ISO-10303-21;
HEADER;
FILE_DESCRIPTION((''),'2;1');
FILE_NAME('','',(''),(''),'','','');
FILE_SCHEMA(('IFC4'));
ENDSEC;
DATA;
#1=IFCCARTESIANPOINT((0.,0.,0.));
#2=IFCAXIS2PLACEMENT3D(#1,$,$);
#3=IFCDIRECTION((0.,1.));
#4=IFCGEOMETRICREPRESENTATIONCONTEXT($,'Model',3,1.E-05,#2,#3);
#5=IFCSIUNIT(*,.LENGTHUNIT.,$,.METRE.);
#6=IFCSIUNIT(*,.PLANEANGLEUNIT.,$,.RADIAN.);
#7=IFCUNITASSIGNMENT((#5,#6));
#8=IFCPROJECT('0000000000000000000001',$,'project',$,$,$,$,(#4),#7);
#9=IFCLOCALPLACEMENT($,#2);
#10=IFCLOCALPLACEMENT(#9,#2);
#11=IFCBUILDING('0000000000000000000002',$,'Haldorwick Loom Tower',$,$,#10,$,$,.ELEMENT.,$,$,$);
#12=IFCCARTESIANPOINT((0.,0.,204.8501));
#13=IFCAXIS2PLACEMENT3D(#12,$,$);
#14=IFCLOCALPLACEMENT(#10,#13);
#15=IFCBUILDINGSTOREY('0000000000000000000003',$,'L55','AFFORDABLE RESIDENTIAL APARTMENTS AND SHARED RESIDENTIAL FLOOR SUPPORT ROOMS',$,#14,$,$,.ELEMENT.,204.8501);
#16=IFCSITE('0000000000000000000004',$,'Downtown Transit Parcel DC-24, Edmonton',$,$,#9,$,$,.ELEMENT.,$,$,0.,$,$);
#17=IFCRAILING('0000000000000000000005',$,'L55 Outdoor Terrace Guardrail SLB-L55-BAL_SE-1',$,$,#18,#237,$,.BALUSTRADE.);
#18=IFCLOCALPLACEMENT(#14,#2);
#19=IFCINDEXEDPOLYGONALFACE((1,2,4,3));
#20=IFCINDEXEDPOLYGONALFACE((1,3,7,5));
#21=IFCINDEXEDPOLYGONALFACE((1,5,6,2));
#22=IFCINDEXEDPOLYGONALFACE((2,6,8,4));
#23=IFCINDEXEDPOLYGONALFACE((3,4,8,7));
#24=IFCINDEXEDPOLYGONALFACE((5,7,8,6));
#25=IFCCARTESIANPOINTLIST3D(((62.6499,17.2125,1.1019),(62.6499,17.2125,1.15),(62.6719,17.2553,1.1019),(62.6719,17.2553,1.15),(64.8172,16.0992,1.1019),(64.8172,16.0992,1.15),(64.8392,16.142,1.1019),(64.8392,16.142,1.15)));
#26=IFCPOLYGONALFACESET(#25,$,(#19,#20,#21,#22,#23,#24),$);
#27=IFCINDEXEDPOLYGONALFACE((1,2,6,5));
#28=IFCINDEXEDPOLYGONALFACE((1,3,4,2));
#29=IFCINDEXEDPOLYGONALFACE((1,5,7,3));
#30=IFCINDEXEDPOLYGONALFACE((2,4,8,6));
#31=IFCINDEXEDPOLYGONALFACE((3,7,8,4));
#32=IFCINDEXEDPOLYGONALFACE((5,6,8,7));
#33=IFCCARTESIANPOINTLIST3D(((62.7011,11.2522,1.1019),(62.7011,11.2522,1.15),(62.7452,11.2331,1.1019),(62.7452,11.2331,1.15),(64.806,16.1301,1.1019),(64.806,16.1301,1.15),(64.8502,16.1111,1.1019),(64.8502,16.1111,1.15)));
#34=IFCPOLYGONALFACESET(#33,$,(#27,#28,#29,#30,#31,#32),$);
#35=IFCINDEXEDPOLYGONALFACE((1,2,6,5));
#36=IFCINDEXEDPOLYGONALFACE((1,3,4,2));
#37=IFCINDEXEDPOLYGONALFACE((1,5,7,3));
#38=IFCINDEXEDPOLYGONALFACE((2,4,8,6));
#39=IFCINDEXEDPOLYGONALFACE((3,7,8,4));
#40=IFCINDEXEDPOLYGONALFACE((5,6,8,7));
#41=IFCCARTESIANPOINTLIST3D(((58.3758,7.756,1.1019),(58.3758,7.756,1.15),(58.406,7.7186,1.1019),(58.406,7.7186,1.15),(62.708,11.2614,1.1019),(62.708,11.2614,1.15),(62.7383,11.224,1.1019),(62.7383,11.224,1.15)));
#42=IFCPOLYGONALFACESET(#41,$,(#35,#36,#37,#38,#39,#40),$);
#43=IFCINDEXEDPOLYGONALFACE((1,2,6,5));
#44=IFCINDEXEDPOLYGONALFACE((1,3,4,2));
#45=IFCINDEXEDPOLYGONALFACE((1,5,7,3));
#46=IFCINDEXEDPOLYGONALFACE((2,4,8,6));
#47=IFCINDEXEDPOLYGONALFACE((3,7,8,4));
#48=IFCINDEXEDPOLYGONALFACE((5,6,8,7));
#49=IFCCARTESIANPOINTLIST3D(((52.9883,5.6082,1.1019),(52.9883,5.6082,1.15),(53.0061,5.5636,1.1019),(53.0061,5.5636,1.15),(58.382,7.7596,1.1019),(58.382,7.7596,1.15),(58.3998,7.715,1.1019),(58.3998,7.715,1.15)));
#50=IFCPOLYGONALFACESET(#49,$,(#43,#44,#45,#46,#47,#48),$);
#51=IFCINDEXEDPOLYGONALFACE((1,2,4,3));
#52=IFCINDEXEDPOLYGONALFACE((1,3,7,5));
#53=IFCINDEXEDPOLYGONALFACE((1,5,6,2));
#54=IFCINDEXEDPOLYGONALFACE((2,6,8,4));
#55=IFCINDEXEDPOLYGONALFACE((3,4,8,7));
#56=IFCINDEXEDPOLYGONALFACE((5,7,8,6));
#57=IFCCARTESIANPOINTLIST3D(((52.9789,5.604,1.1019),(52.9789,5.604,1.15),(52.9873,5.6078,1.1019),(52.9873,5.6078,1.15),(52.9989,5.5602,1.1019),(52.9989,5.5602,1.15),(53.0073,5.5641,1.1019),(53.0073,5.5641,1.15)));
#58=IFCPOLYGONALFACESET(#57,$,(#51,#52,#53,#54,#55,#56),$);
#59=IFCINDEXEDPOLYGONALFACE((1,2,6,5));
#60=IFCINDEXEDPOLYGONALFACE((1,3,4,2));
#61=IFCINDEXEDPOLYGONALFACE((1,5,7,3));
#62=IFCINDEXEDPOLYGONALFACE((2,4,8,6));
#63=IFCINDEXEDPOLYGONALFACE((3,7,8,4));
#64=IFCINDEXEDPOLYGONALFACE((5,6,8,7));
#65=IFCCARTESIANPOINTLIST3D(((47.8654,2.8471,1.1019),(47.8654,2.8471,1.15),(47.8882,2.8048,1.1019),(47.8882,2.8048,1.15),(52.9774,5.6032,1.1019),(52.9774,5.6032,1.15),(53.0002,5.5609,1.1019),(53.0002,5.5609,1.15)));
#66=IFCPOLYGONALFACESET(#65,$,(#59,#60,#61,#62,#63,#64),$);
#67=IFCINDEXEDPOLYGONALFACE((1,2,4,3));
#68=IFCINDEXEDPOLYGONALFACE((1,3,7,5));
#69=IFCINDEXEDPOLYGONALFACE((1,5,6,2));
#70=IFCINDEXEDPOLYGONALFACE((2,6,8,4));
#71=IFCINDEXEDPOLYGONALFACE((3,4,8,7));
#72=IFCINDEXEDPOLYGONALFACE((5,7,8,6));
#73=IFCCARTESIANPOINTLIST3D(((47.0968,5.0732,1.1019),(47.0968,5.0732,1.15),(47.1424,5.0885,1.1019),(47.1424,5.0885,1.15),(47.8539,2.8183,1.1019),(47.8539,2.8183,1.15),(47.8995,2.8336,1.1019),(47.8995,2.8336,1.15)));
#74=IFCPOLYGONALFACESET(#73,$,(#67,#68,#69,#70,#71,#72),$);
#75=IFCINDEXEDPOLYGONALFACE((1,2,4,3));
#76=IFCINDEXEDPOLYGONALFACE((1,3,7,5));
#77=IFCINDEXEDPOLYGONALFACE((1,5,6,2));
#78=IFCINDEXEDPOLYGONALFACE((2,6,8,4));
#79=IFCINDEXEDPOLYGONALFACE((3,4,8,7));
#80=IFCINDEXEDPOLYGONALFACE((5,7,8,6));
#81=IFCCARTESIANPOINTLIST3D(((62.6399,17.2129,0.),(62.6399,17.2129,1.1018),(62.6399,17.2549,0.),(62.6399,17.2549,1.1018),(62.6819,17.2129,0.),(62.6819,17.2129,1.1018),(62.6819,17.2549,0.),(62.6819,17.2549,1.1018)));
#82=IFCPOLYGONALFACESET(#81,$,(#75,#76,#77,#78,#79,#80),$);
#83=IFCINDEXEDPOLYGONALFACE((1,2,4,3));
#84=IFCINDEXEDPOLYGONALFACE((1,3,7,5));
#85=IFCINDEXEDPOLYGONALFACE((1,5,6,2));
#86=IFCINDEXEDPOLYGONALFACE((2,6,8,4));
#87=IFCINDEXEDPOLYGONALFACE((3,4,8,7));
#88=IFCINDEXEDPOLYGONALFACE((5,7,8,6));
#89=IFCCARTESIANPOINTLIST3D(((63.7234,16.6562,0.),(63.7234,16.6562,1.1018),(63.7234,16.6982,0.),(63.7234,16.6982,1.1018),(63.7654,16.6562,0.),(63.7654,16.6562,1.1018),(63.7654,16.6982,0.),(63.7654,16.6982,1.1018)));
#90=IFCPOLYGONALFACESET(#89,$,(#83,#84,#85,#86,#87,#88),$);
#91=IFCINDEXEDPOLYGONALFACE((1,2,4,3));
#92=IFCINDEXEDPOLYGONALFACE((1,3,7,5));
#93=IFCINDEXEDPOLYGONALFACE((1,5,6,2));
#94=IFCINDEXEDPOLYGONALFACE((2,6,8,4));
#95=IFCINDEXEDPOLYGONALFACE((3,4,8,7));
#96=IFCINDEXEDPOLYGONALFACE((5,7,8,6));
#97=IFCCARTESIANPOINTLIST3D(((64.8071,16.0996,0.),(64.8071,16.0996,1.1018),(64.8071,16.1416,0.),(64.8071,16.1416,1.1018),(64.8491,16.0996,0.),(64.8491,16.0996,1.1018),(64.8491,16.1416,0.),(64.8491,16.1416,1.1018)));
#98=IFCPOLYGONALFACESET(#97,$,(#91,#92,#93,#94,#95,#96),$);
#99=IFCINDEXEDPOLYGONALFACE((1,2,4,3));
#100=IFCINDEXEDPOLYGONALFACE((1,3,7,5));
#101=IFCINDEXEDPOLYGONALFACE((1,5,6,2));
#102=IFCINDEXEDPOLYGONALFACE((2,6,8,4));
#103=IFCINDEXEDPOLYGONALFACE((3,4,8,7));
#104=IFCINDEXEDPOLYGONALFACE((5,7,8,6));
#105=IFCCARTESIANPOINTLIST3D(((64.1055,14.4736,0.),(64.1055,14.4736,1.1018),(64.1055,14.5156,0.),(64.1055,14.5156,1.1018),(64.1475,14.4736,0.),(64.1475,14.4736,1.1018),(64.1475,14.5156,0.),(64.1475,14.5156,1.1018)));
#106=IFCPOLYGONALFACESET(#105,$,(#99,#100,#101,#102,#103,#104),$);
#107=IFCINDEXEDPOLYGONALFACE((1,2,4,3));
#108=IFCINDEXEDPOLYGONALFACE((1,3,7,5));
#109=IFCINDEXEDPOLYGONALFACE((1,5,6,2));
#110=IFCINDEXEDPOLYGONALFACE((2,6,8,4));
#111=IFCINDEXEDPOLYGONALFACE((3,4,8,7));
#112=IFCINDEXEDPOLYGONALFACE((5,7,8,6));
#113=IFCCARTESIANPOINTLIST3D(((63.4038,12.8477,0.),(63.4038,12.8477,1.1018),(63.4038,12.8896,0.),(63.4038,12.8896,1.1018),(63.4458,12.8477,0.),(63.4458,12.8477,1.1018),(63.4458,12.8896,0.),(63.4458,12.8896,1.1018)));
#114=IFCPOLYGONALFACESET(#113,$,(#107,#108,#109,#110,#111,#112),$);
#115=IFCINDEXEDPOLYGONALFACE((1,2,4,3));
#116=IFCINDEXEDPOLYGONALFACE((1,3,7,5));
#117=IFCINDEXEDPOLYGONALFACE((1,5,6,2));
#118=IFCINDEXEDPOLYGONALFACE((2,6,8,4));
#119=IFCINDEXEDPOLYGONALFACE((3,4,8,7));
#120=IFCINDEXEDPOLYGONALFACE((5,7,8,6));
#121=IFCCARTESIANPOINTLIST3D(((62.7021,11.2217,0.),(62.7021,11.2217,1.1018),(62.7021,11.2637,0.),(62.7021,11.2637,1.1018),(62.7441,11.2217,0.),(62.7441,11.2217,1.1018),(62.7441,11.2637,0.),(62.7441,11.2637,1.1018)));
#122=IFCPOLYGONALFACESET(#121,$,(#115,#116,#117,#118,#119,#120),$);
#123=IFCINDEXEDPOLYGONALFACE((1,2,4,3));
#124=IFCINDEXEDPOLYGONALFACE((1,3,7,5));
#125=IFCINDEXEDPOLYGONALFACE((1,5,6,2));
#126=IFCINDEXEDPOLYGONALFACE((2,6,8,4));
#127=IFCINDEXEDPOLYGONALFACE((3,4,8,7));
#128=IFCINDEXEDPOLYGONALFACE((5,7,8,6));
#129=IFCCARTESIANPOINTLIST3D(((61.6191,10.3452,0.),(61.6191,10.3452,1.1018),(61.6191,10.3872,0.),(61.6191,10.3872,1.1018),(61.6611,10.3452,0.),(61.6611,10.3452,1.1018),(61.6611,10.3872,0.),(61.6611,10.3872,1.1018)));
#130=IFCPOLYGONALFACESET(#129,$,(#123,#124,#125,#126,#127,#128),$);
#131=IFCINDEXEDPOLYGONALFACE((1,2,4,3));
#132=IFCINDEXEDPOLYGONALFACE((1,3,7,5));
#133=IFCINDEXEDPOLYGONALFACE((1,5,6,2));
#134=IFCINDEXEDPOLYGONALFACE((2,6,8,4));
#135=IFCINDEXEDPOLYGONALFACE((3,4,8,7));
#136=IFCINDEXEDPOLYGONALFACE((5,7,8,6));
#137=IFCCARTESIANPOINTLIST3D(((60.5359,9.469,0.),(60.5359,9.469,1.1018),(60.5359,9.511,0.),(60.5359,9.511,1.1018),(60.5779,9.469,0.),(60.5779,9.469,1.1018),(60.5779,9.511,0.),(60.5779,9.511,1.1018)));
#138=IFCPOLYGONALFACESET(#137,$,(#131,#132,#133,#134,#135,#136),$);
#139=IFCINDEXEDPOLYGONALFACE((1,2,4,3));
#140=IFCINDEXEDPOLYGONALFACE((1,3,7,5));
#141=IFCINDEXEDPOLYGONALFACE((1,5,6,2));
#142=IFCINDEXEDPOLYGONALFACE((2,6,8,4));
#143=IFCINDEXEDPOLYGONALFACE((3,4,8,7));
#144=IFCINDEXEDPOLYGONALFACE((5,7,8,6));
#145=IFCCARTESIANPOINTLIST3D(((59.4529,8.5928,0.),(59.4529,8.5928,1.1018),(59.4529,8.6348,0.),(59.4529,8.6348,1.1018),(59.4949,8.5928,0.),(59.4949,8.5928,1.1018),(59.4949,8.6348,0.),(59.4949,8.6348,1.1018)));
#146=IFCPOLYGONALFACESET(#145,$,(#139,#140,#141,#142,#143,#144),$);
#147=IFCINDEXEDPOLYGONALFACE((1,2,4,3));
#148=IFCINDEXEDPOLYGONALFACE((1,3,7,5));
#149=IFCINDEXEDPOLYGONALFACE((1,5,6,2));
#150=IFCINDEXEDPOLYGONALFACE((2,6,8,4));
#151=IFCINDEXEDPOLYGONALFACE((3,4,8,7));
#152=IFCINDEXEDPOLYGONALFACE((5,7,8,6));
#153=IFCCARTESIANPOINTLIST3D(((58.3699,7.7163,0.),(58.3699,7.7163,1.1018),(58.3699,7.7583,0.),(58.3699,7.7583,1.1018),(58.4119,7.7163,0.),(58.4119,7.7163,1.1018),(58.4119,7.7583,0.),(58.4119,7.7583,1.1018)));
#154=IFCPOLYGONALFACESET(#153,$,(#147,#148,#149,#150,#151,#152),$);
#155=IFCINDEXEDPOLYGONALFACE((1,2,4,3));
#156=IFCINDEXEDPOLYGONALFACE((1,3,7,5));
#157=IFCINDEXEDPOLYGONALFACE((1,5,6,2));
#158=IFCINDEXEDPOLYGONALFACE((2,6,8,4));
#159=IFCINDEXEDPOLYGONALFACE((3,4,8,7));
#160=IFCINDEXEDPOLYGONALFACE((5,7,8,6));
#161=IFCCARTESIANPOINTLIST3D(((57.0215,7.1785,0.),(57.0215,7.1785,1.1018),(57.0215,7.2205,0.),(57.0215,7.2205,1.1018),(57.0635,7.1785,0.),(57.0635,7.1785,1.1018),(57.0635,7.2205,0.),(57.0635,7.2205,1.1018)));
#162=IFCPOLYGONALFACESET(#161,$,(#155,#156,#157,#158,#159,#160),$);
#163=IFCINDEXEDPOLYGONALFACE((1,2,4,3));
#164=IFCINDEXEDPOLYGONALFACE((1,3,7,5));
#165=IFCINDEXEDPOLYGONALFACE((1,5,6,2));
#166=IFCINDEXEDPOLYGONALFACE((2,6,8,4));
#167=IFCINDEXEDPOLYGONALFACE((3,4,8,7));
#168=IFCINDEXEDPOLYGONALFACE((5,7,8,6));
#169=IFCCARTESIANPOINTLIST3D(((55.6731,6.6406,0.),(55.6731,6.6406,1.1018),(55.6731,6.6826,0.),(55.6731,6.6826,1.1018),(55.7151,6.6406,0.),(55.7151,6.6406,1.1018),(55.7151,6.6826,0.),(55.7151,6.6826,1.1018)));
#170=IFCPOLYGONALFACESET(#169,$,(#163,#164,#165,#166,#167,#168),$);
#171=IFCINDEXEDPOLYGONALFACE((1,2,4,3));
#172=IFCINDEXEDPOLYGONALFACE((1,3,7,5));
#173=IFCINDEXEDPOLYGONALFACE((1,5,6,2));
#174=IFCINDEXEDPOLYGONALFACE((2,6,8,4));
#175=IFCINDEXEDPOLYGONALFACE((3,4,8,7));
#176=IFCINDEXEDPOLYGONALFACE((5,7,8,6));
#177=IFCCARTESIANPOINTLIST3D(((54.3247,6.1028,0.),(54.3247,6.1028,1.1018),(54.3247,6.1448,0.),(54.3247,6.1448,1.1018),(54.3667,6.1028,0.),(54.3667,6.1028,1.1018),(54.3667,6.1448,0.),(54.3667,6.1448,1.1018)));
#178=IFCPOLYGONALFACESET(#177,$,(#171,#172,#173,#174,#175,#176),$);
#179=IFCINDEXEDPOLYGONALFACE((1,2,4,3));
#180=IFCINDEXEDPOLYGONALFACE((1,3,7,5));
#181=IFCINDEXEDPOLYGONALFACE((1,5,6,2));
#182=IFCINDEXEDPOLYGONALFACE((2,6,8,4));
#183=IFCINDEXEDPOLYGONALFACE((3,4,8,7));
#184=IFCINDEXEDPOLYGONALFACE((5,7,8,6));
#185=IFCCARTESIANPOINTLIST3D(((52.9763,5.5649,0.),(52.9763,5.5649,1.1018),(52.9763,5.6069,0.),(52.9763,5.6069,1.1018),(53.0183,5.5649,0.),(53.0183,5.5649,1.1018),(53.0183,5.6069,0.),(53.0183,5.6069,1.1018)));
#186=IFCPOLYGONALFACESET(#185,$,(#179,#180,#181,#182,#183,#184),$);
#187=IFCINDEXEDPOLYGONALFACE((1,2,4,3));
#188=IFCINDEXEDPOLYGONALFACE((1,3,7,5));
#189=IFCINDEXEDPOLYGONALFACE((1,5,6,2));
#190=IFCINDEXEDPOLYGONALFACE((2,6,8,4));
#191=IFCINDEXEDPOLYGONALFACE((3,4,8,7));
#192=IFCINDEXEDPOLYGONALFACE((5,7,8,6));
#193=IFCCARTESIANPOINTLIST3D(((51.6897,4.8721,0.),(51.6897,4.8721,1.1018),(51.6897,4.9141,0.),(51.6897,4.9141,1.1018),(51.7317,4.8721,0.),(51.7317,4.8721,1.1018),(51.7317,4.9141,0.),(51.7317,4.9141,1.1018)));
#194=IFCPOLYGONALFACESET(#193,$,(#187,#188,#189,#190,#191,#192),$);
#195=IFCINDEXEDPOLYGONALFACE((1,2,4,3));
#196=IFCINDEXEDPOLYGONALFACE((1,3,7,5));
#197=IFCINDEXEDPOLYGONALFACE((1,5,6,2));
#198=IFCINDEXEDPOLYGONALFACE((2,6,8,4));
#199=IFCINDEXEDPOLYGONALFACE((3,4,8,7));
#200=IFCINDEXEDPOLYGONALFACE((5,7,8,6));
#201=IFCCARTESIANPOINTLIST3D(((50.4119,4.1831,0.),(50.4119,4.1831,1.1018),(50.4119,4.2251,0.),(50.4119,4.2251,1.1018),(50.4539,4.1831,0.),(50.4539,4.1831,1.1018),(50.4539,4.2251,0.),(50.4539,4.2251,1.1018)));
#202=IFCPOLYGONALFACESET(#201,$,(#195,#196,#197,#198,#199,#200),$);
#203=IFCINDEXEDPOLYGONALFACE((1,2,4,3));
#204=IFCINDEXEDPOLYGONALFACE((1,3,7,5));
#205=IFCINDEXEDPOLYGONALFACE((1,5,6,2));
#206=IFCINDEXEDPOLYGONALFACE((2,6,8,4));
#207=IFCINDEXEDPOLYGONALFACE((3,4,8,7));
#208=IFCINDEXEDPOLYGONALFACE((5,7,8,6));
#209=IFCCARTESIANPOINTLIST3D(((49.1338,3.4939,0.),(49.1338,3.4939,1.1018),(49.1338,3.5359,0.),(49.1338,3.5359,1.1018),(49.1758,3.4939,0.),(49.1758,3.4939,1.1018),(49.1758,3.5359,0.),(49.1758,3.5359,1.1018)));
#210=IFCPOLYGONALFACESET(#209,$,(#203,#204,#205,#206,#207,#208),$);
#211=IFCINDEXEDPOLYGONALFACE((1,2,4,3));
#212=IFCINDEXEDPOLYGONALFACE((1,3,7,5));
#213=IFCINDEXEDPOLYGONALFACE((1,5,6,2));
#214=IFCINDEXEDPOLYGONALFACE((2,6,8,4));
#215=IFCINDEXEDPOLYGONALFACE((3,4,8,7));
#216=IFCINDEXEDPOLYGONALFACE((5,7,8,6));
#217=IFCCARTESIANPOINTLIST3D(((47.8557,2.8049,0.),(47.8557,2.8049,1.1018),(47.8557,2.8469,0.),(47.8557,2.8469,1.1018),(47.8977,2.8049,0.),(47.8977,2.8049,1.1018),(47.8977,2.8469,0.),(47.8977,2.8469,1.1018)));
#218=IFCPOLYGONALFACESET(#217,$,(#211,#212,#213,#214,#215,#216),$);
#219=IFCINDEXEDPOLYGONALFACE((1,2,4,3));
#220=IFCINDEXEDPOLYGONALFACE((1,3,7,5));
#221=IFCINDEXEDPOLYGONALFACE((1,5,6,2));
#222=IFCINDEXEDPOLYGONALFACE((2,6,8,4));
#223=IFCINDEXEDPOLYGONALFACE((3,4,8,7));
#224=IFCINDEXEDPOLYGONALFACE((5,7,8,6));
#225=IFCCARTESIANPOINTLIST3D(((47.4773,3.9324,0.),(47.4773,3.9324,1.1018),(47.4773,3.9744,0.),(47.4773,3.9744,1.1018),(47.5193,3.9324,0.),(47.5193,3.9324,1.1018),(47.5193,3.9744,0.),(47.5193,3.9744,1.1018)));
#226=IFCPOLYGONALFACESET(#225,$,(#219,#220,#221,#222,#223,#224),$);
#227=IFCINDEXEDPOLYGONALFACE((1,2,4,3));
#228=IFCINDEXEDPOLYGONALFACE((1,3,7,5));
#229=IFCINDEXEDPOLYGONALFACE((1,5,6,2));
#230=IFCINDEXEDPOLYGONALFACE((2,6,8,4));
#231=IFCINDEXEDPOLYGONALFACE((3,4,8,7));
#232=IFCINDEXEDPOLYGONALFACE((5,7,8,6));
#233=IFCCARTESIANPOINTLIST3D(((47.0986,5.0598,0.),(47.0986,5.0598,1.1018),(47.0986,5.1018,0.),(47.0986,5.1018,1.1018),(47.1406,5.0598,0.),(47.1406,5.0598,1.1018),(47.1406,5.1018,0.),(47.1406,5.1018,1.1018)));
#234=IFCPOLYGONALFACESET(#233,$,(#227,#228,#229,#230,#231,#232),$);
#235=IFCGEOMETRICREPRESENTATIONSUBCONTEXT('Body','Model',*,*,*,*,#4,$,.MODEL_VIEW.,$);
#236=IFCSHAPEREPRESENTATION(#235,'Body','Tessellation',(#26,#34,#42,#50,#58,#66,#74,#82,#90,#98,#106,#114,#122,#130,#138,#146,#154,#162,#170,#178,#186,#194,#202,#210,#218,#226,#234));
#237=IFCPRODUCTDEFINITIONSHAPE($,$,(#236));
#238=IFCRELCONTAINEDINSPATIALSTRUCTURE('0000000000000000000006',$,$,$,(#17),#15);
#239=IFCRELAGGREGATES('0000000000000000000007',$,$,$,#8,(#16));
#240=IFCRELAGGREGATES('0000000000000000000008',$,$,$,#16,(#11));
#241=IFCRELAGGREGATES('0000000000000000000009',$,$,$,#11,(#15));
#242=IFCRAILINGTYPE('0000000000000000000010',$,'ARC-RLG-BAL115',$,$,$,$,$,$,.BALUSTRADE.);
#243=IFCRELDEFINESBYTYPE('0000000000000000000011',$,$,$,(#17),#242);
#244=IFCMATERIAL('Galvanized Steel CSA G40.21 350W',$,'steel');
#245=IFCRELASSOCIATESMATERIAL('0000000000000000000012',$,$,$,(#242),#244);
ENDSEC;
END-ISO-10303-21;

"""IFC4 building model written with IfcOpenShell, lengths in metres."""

from ifc_helpers import new_model, si_unit, direction, frame, origin, origin_2d, place, context, subcontext, project, spatial, rectangle, extrude, material, type_object, element, save


model = new_model("IFC4")

# Units and contexts
model_context = context("Model", 3, precision=1e-05, world=origin(), true_north=direction((0.0, 1.0)))
body_context = subcontext(model_context, "Body", "Model", "MODEL_VIEW")
ifc_project = project(units=[si_unit("LENGTHUNIT", "METRE"), si_unit("PLANEANGLEUNIT", "RADIAN")], contexts=[model_context])

# Site, building, storey
site_placement = place(None, origin())
site = spatial("IfcSite", under=ifc_project, at=site_placement, Name="Downtown Transit Parcel DC-24, Edmonton", CompositionType="ELEMENT", RefElevation=0.0)
building_placement = place(site_placement, origin())
building = spatial("IfcBuilding", under=site, at=building_placement, Name="Haldorwick Loom Tower", CompositionType="ELEMENT")
storey_placement = place(building_placement, frame((0.0, 0.0, 204.8501)))
storey = spatial("IfcBuildingStorey", under=building, at=storey_placement, Name="L55", Description="AFFORDABLE RESIDENTIAL APARTMENTS AND SHARED RESIDENTIAL FLOOR SUPPORT ROOMS", CompositionType="ELEMENT", Elevation=204.8501)

# Railing
ifc_material_1 = material(Name="Galvanized Steel CSA G40.21 350W", Category="steel")
railing_type = type_object("IfcRailingType", Name="ARC-RLG-BAL115", PredefinedType="BALUSTRADE", material=ifc_material_1)
railing_placement = place(storey_placement, frame((62.6609, 17.2339, 0.0)))
element("IfcRailing", 1, at=railing_placement, inside=storey, type_object=railing_type, Name="L55 Outdoor Terrace Guardrail SLB-L55-BAL_SE-1", PredefinedType="BALUSTRADE", context=body_context, shape_type="SweptSolid", body=[
    extrude(rectangle(XDim=0.0481, YDim=0.0481, at=origin_2d()), frame((0.0, 0.0, 1.126), z_axis=(0.889504, -0.456927, 0.0), x_axis=(0.456927, 0.889504, 0.0)), (0.0, 0.0, 1.0), 2.4365),
    extrude(rectangle(XDim=0.0481, YDim=0.0481, at=origin_2d()), frame((2.1672, -1.1133, 1.126), z_axis=(-0.396214, -0.918158, 0.0), x_axis=(0.918158, -0.396214, 0.0)), (0.0, 0.0, 1.0), 5.3127),
    extrude(rectangle(XDim=0.0481, YDim=0.0481, at=origin_2d()), frame((0.0623, -5.9912, 1.126), z_axis=(-0.777395, -0.629013, 0.0), x_axis=(0.629013, -0.777395, 0.0)), (0.0, 0.0, 1.0), 5.5728),
    extrude(rectangle(XDim=0.0481, YDim=0.0481, at=origin_2d()), frame((-4.27, -9.4966, 1.126), z_axis=(-0.928836, -0.370492, 0.0), x_axis=(0.370492, -0.928836, 0.0)), (0.0, 0.0, 1.0), 5.8069),
    extrude(rectangle(XDim=0.0481, YDim=0.0481, at=origin_2d()), frame((-9.6636, -11.6479, 1.126), z_axis=(-0.909474, -0.41576, 0.0), x_axis=(0.41576, -0.909474, 0.0)), (0.0, 0.0, 1.0), 0.0093),
    extrude(rectangle(XDim=0.0481, YDim=0.0481, at=origin_2d()), frame((-9.6721, -11.6519, 1.126), z_axis=(-0.880223, -0.474561, 0.0), x_axis=(0.474561, -0.880223, 0.0)), (0.0, 0.0, 1.0), 5.8076),
    extrude(rectangle(XDim=0.0481, YDim=0.0481, at=origin_2d()), frame((-14.7842, -14.408, 1.126), z_axis=(-0.31829, 0.947993, 0.0), x_axis=(-0.947993, -0.31829, 0.0)), (0.0, 0.0, 1.0), 2.3787),
    extrude(rectangle(XDim=0.042, YDim=0.042, at=origin_2d()), origin(), (0.0, 0.0, 1.0), 1.1018),
    extrude(rectangle(XDim=0.042, YDim=0.042, at=origin_2d()), frame((1.0835, -0.5566, 0.0)), (0.0, 0.0, 1.0), 1.1018),
    extrude(rectangle(XDim=0.042, YDim=0.042, at=origin_2d()), frame((2.1672, -1.1133, 0.0)), (0.0, 0.0, 1.0), 1.1018),
    extrude(rectangle(XDim=0.042, YDim=0.042, at=origin_2d()), frame((1.4656, -2.7393, 0.0)), (0.0, 0.0, 1.0), 1.1018),
    extrude(rectangle(XDim=0.042, YDim=0.042, at=origin_2d()), frame((0.7639, -4.3652, 0.0)), (0.0, 0.0, 1.0), 1.1018),
    extrude(rectangle(XDim=0.042, YDim=0.042, at=origin_2d()), frame((0.0623, -5.9912, 0.0)), (0.0, 0.0, 1.0), 1.1018),
    extrude(rectangle(XDim=0.042, YDim=0.042, at=origin_2d()), frame((-1.0208, -6.8677, 0.0)), (0.0, 0.0, 1.0), 1.1018),
    extrude(rectangle(XDim=0.042, YDim=0.042, at=origin_2d()), frame((-2.104, -7.7439, 0.0)), (0.0, 0.0, 1.0), 1.1018),
    extrude(rectangle(XDim=0.042, YDim=0.042, at=origin_2d()), frame((-3.187, -8.6201, 0.0)), (0.0, 0.0, 1.0), 1.1018),
    extrude(rectangle(XDim=0.042, YDim=0.042, at=origin_2d()), frame((-4.27, -9.4966, 0.0)), (0.0, 0.0, 1.0), 1.1018),
    extrude(rectangle(XDim=0.042, YDim=0.042, at=origin_2d()), frame((-5.6184, -10.0344, 0.0)), (0.0, 0.0, 1.0), 1.1018),
    extrude(rectangle(XDim=0.042, YDim=0.042, at=origin_2d()), frame((-6.9668, -10.5723, 0.0)), (0.0, 0.0, 1.0), 1.1018),
    extrude(rectangle(XDim=0.042, YDim=0.042, at=origin_2d()), frame((-8.3152, -11.1101, 0.0)), (0.0, 0.0, 1.0), 1.1018),
    extrude(rectangle(XDim=0.042, YDim=0.042, at=origin_2d()), frame((-9.6636, -11.6479, 0.0)), (0.0, 0.0, 1.0), 1.1018),
    extrude(rectangle(XDim=0.042, YDim=0.042, at=origin_2d()), frame((-10.9502, -12.3408, 0.0)), (0.0, 0.0, 1.0), 1.1018),
    extrude(rectangle(XDim=0.042, YDim=0.042, at=origin_2d()), frame((-12.228, -13.0298, 0.0)), (0.0, 0.0, 1.0), 1.1018),
    extrude(rectangle(XDim=0.042, YDim=0.042, at=origin_2d()), frame((-13.5061, -13.719, 0.0)), (0.0, 0.0, 1.0), 1.1018),
    extrude(rectangle(XDim=0.042, YDim=0.042, at=origin_2d()), frame((-14.7842, -14.408, 0.0)), (0.0, 0.0, 1.0), 1.1018),
    extrude(rectangle(XDim=0.042, YDim=0.042, at=origin_2d()), frame((-15.1626, -13.2805, 0.0)), (0.0, 0.0, 1.0), 1.1018),
    extrude(rectangle(XDim=0.042, YDim=0.042, at=origin_2d()), frame((-15.5413, -12.1531, 0.0)), (0.0, 0.0, 1.0), 1.1018),
])

save(model, "model.ifc")
